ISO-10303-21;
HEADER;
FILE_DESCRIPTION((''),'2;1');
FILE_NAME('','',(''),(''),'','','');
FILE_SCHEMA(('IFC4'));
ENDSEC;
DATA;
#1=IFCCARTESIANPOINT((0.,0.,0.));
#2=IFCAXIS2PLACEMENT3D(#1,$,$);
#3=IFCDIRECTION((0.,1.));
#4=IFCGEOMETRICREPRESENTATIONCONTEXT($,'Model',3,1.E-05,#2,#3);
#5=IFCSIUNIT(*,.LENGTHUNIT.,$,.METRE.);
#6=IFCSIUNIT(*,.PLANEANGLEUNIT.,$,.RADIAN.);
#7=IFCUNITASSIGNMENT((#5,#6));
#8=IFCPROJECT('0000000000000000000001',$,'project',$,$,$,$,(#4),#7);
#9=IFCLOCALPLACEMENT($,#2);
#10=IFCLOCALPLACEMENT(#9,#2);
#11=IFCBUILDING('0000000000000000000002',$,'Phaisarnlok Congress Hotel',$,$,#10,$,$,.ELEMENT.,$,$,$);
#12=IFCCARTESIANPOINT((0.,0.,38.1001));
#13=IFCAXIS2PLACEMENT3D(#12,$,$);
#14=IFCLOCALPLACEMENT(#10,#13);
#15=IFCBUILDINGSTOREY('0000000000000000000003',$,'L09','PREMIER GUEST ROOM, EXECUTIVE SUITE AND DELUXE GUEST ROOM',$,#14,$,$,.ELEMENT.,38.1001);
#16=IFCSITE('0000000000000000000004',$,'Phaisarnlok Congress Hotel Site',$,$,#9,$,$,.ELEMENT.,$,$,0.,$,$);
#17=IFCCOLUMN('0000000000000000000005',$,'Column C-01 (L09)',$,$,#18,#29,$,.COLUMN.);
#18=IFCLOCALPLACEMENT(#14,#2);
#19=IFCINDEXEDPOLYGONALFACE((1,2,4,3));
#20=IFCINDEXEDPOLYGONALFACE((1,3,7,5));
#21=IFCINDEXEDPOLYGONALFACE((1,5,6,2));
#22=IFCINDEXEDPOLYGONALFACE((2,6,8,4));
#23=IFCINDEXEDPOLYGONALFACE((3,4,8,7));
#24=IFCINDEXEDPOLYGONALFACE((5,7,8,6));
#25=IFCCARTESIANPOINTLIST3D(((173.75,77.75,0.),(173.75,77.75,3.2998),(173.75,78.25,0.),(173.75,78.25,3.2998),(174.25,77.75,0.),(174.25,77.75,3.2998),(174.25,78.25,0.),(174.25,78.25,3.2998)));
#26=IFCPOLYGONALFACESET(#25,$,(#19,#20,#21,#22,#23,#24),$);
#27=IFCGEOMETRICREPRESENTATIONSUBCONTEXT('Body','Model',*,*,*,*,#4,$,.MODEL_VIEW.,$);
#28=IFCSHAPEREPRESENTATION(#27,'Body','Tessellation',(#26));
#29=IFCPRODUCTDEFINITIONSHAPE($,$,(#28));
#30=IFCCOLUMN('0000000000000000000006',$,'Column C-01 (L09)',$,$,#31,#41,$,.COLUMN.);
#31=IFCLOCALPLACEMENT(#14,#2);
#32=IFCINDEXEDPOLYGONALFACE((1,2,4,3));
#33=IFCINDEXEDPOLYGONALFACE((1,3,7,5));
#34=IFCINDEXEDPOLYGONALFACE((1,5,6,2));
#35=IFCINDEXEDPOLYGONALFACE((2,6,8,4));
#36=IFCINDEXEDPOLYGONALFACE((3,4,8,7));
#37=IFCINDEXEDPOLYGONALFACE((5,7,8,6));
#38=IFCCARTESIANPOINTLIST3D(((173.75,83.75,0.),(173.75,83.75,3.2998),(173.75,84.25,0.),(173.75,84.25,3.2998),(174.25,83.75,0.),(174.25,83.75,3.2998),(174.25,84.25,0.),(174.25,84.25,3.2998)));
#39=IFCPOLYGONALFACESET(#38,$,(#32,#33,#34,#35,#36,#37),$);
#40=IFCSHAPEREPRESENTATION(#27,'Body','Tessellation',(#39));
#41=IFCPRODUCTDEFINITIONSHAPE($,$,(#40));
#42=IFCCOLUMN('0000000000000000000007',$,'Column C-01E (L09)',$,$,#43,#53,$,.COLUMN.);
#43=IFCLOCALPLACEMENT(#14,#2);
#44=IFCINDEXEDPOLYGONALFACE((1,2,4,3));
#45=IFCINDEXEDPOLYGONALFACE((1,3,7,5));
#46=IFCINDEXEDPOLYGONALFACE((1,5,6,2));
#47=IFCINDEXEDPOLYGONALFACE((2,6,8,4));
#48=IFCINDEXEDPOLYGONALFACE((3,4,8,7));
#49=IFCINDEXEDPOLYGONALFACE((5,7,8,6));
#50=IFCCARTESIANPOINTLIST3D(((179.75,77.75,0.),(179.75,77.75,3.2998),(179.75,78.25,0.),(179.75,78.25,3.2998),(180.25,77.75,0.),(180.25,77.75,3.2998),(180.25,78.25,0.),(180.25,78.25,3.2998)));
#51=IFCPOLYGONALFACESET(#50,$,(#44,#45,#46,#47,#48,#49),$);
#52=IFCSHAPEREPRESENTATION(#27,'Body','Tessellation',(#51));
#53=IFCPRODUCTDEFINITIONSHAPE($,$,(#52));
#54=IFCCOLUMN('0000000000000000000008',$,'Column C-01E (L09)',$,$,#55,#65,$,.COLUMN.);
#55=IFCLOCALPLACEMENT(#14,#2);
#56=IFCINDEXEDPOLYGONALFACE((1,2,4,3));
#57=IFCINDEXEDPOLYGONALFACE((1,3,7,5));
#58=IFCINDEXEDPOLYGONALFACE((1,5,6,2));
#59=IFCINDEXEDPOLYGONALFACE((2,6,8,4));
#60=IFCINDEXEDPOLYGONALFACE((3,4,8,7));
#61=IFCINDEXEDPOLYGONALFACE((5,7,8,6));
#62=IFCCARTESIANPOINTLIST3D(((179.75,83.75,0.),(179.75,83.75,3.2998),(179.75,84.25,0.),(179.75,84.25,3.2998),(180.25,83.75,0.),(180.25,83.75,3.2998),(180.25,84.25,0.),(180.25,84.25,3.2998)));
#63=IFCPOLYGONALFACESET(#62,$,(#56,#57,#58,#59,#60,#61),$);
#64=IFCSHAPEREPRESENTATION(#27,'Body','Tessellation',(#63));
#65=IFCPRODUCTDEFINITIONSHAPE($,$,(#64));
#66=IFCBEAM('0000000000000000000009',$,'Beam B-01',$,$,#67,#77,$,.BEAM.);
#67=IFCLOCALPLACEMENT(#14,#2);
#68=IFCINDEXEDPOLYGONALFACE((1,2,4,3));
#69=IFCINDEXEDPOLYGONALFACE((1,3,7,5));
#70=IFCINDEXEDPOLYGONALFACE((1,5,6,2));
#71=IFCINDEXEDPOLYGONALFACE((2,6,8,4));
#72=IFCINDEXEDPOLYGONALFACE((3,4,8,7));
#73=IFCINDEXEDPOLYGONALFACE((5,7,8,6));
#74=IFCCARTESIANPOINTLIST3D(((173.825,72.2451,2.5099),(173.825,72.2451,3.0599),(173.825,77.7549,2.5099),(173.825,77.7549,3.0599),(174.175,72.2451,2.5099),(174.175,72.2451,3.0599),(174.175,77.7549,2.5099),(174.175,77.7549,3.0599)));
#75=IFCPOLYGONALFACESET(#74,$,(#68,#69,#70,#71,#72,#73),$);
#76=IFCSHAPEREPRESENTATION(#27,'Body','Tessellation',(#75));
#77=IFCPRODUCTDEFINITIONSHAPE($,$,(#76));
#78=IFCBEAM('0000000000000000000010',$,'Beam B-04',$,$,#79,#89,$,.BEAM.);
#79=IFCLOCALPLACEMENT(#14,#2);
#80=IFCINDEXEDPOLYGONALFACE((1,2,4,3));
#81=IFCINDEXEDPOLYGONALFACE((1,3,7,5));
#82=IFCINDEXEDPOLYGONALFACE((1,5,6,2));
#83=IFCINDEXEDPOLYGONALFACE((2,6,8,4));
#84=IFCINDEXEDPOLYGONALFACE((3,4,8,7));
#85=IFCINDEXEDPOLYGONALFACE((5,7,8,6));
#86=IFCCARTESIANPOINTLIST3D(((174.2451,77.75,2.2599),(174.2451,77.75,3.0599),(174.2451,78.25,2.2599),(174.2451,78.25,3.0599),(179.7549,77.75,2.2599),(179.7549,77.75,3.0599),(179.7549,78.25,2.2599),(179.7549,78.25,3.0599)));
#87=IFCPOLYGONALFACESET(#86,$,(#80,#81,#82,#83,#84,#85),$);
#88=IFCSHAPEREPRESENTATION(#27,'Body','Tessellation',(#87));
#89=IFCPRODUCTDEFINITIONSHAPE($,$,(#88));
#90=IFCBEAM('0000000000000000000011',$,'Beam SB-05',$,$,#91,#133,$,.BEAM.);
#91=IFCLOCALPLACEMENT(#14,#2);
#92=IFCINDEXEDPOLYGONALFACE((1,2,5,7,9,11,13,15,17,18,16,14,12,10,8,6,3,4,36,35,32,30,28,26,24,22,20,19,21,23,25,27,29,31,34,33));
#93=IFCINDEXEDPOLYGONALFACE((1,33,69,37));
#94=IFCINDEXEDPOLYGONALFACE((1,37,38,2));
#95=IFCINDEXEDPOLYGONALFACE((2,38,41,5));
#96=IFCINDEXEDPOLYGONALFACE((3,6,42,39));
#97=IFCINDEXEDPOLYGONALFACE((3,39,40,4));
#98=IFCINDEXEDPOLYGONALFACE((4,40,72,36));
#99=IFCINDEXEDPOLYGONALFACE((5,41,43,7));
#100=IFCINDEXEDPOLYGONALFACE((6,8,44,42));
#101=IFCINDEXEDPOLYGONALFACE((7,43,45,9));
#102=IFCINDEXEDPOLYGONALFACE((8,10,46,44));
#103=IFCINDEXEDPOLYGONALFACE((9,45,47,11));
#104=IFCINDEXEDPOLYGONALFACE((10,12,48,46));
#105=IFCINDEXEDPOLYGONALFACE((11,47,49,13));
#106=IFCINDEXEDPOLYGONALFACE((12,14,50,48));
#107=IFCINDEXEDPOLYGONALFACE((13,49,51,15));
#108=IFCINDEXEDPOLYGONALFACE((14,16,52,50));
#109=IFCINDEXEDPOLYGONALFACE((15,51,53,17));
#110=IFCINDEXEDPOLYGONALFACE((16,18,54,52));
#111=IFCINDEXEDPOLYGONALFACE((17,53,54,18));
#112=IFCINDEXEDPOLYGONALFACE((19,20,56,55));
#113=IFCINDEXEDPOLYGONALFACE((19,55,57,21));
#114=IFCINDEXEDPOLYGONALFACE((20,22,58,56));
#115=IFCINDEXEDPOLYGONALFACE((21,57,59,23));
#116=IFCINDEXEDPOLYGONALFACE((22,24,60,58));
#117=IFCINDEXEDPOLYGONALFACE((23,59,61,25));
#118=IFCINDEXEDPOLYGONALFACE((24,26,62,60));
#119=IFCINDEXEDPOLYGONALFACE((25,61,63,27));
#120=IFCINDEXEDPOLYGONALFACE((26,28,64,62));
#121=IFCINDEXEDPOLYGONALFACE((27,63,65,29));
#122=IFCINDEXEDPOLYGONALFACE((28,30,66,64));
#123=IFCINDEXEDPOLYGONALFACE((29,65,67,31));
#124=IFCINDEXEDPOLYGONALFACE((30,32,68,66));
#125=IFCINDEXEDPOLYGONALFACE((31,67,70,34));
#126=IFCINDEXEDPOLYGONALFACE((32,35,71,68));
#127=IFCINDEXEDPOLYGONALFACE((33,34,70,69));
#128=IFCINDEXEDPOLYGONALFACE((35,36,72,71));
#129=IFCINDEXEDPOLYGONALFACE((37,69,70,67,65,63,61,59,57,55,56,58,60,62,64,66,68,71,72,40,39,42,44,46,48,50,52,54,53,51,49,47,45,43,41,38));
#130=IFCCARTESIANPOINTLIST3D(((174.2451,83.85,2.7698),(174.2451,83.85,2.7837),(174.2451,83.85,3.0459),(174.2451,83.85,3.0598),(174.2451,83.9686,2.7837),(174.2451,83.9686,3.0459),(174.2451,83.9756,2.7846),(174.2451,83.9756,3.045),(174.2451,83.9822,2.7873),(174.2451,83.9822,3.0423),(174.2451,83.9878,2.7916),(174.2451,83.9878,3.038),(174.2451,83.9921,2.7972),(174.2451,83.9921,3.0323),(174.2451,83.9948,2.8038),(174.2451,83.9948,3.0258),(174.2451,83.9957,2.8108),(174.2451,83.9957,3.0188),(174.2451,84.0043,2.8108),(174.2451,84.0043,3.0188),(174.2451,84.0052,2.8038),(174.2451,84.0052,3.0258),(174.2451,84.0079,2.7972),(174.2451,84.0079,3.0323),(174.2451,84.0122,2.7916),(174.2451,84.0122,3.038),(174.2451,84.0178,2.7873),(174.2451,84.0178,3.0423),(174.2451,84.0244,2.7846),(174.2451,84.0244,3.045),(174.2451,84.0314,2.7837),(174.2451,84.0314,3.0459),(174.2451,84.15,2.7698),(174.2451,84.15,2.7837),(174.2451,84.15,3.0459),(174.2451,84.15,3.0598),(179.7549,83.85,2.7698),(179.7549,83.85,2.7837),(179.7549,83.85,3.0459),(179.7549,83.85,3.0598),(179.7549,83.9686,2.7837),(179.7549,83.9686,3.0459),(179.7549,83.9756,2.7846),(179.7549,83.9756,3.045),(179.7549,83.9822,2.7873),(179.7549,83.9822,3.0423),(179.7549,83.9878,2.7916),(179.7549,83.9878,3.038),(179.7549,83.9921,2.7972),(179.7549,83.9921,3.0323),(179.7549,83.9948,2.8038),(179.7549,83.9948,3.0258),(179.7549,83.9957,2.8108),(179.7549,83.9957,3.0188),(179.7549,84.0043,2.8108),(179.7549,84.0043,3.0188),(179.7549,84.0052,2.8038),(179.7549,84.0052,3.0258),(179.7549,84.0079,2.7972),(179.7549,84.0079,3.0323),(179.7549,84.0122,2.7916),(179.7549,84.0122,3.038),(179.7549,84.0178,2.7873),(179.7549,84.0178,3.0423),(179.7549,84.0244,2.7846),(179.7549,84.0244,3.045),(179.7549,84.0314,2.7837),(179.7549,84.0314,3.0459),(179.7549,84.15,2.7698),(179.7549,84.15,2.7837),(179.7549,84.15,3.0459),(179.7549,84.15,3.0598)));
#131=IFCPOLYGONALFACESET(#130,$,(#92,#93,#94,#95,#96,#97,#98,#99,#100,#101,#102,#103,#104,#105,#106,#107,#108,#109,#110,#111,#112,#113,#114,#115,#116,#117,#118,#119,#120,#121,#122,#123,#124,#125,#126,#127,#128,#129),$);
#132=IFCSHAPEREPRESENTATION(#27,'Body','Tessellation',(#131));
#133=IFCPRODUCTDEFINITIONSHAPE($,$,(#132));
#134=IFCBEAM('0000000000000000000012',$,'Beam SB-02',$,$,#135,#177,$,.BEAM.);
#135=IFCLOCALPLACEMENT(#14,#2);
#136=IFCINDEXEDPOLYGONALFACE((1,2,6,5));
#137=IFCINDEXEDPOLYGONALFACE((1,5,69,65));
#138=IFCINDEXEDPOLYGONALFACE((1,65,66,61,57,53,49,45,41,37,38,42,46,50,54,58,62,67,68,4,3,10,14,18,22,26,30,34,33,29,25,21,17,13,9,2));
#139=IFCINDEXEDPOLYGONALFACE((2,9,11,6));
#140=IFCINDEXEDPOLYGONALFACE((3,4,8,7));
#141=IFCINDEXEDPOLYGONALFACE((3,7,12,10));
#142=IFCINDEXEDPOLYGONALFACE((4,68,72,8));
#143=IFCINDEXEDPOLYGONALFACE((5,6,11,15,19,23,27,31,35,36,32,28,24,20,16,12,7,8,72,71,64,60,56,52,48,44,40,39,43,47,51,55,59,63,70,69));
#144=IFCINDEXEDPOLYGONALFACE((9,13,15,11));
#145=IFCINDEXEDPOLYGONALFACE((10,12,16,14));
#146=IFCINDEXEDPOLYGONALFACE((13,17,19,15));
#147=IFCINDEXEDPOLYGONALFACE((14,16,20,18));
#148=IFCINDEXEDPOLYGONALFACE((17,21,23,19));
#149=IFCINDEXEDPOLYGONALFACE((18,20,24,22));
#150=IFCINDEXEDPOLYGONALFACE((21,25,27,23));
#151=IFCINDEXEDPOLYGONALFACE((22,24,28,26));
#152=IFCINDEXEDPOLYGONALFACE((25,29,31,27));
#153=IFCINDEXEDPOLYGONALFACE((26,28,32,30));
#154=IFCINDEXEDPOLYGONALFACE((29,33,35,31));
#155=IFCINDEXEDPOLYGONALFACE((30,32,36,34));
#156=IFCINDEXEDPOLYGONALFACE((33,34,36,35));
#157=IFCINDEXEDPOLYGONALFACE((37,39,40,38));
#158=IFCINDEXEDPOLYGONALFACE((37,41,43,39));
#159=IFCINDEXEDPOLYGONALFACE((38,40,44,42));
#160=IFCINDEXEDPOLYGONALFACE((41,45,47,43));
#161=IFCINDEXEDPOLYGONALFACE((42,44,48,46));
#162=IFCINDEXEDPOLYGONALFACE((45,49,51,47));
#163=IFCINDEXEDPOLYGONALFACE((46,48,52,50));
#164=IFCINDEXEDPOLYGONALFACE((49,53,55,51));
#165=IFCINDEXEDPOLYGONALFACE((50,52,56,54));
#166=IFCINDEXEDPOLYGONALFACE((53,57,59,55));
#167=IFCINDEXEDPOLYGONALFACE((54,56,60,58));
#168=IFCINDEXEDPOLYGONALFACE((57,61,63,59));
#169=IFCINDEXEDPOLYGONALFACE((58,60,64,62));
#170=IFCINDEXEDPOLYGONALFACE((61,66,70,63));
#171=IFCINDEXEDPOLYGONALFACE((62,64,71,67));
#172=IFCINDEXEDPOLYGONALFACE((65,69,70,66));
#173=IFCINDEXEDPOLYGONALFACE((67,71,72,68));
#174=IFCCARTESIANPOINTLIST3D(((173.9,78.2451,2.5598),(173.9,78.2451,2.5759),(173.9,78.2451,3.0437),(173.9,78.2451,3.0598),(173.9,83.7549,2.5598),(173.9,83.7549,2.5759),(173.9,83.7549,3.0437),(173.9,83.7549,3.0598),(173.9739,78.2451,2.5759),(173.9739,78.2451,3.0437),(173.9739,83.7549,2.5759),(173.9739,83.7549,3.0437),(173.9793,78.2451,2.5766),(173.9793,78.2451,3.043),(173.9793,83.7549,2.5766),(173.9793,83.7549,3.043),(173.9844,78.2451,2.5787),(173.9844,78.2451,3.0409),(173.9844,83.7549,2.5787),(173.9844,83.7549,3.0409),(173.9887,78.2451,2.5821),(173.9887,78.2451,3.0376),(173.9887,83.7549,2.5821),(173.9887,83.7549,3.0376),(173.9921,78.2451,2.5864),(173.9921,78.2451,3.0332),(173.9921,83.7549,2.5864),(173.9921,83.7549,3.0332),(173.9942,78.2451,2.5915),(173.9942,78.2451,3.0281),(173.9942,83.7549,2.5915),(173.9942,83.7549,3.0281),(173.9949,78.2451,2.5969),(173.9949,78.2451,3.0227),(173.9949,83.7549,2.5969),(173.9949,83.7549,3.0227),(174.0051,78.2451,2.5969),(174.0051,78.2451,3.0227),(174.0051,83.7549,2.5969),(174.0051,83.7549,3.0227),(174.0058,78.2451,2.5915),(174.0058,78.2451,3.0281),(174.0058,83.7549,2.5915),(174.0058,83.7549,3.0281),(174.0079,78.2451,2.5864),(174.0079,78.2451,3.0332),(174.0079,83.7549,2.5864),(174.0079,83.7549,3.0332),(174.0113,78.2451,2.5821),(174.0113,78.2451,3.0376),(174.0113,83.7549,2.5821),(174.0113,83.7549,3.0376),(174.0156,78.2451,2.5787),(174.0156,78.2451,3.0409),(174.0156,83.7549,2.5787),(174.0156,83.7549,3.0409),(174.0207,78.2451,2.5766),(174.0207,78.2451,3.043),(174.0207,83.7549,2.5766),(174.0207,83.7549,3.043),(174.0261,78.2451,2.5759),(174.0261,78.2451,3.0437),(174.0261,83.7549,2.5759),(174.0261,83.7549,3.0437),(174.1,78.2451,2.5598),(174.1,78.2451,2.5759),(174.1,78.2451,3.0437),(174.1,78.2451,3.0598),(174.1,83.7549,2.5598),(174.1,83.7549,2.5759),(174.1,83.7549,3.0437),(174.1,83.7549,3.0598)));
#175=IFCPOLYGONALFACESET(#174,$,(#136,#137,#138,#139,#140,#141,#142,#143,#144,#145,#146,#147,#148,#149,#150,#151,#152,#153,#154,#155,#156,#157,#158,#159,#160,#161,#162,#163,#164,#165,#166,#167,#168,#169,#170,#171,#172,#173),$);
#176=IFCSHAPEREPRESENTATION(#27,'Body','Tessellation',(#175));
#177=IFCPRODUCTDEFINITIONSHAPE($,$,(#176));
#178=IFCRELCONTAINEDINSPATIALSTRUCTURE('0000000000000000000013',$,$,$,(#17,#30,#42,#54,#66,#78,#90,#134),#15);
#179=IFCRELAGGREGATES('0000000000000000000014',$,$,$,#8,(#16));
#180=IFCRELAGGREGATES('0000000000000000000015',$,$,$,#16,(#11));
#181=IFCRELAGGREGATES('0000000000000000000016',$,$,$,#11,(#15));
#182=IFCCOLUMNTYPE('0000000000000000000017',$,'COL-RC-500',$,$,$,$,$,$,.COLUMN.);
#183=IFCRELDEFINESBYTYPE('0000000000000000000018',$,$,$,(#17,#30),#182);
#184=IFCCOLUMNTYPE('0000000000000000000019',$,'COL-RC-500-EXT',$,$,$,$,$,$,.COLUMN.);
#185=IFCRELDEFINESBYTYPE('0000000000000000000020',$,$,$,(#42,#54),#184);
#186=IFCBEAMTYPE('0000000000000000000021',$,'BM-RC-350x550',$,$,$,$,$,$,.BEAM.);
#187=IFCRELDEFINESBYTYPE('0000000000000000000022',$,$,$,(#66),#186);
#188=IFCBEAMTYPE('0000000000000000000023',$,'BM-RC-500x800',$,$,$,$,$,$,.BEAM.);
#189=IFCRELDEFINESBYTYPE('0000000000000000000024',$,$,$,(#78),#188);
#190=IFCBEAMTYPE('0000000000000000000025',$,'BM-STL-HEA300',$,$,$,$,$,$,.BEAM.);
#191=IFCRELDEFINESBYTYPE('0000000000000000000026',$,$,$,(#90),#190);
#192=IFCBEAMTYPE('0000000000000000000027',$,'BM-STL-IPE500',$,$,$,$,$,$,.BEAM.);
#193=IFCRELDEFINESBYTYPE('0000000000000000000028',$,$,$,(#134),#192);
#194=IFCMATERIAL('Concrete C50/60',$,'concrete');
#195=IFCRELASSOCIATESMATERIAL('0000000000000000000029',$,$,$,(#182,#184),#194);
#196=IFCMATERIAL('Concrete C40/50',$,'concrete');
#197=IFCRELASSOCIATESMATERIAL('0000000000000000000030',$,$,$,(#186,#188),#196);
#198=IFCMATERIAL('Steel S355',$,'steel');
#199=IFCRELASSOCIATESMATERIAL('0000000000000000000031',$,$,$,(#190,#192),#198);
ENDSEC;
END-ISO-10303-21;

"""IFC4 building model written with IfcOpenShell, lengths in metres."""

from ifc_helpers import new_model, si_unit, direction, frame, origin, origin_2d, place, context, subcontext, project, spatial, rectangle, i_section, extrude, material, material_profile, profile_set, type_object, element, save


model = new_model("IFC4")

# Units and contexts
model_context = context("Model", 3, precision=1e-05, world=origin(), true_north=direction((0.0, 1.0)))
body_context = subcontext(model_context, "Body", "Model", "MODEL_VIEW")
ifc_project = project(units=[si_unit("LENGTHUNIT", "METRE"), si_unit("PLANEANGLEUNIT", "RADIAN")], contexts=[model_context])

# Site, building, storey
site_placement = place(None, origin())
site = spatial("IfcSite", under=ifc_project, at=site_placement, Name="Phaisarnlok Congress Hotel Site", CompositionType="ELEMENT", RefElevation=0.0)
building_placement = place(site_placement, origin())
building = spatial("IfcBuilding", under=site, at=building_placement, Name="Phaisarnlok Congress Hotel", CompositionType="ELEMENT")
storey_placement = place(building_placement, frame((0.0, 0.0, 38.1001)))
storey = spatial("IfcBuildingStorey", under=building, at=storey_placement, Name="L09", Description="PREMIER GUEST ROOM, EXECUTIVE SUITE AND DELUXE GUEST ROOM", CompositionType="ELEMENT", Elevation=38.1001)

# Columns
ifc_material_1 = material(Name="Concrete C50/60", Category="concrete")
ifc_material_profile_1 = material_profile(ifc_material_1, rectangle(XDim=0.5, YDim=0.5, at=origin_2d()), Name="RC 500x500")
ifc_profile_set_1 = profile_set([ifc_material_profile_1], Name="Concrete C50/60")
column_type_1 = type_object("IfcColumnType", Name="COL-RC-500", PredefinedType="COLUMN", material=ifc_profile_set_1)
for number, where, z_axis, x_axis, name in (
    (1, (174.0, 78.0, 0.0), (0.0, 0.0, 1.0), (1.0, 0.0, 0.0), "Column C-01 (L09)"),
    (2, (174.0, 84.0, 0.0), (0.0, 0.0, 1.0), (1.0, 0.0, 0.0), "Column C-01 (L09)"),
):
    element("IfcColumn", number, at=place(storey_placement, frame(where, z_axis=z_axis, x_axis=x_axis)), inside=storey, type_object=column_type_1, Name=name, PredefinedType="COLUMN", context=body_context, shape_type="SweptSolid", body=[
        extrude(rectangle(XDim=0.5, YDim=0.5, at=origin_2d()), origin(), (0.0, 0.0, 1.0), 3.2998),
    ])
ifc_material_profile_2 = material_profile(ifc_material_1, rectangle(XDim=0.5, YDim=0.5, at=origin_2d()), Name="RC 500x500")
ifc_profile_set_2 = profile_set([ifc_material_profile_2], Name="Concrete C50/60")
column_type_2 = type_object("IfcColumnType", Name="COL-RC-500-EXT", PredefinedType="COLUMN", material=ifc_profile_set_2)
for number, where, z_axis, x_axis, name in (
    (3, (180.0, 78.0, 0.0), (0.0, 0.0, 1.0), (1.0, 0.0, 0.0), "Column C-01E (L09)"),
    (4, (180.0, 84.0, 0.0), (0.0, 0.0, 1.0), (1.0, 0.0, 0.0), "Column C-01E (L09)"),
):
    element("IfcColumn", number, at=place(storey_placement, frame(where, z_axis=z_axis, x_axis=x_axis)), inside=storey, type_object=column_type_2, Name=name, PredefinedType="COLUMN", context=body_context, shape_type="SweptSolid", body=[
        extrude(rectangle(XDim=0.5, YDim=0.5, at=origin_2d()), origin(), (0.0, 0.0, 1.0), 3.2998),
    ])

# Beams
ifc_material_2 = material(Name="Concrete C40/50", Category="concrete")
ifc_material_profile_3 = material_profile(ifc_material_2, rectangle(XDim=0.3501, YDim=0.55, at=origin_2d()), Name="RC 350x550")
ifc_profile_set_3 = profile_set([ifc_material_profile_3], Name="Concrete C40/50")
beam_type_1 = type_object("IfcBeamType", Name="BM-RC-350x550", PredefinedType="BEAM", material=ifc_profile_set_3)
beam_1_placement = place(storey_placement, frame((174.0, 72.2451, 2.7849), z_axis=(0.0, 1.0, 0.0), x_axis=(-1.0, 0.0, 0.0)))
element("IfcBeam", 5, at=beam_1_placement, inside=storey, type_object=beam_type_1, Name="Beam B-01", PredefinedType="BEAM", context=body_context, shape_type="SweptSolid", body=[
    extrude(rectangle(XDim=0.3501, YDim=0.55, at=origin_2d()), origin(), (0.0, 0.0, 1.0), 5.5098),
])
ifc_material_profile_4 = material_profile(ifc_material_2, rectangle(XDim=0.5, YDim=0.8, at=origin_2d()), Name="RC 500x800")
ifc_profile_set_4 = profile_set([ifc_material_profile_4], Name="Concrete C40/50")
beam_type_2 = type_object("IfcBeamType", Name="BM-RC-500x800", PredefinedType="BEAM", material=ifc_profile_set_4)
beam_2_placement = place(storey_placement, frame((174.2451, 78.0, 2.6599), z_axis=(1.0, 0.0, 0.0), x_axis=(0.0, 1.0, 0.0)))
element("IfcBeam", 6, at=beam_2_placement, inside=storey, type_object=beam_type_2, Name="Beam B-04", PredefinedType="BEAM", context=body_context, shape_type="SweptSolid", body=[
    extrude(rectangle(XDim=0.5, YDim=0.8, at=origin_2d()), origin(), (0.0, 0.0, 1.0), 5.5098),
])
ifc_material_3 = material(Name="Steel S355", Category="steel")
ifc_material_profile_5 = material_profile(ifc_material_3, i_section(OverallWidth=0.3, OverallDepth=0.29, WebThickness=0.0085, FlangeThickness=0.0139, FilletRadius=0.0271, at=origin_2d()), Name="HEA 300")
ifc_profile_set_5 = profile_set([ifc_material_profile_5], Name="Steel S355")
beam_type_3 = type_object("IfcBeamType", Name="BM-STL-HEA300", PredefinedType="BEAM", material=ifc_profile_set_5)
beam_3_placement = place(storey_placement, frame((174.2451, 84.0, 2.9148), z_axis=(1.0, 0.0, 0.0), x_axis=(0.0, 1.0, 0.0)))
element("IfcBeam", 7, at=beam_3_placement, inside=storey, type_object=beam_type_3, Name="Beam SB-05", PredefinedType="BEAM", context=body_context, shape_type="SweptSolid", body=[
    extrude(i_section(OverallWidth=0.3, OverallDepth=0.29, WebThickness=0.0085, FlangeThickness=0.0139, FilletRadius=0.0271, at=origin_2d()), origin(), (0.0, 0.0, 1.0), 5.5098),
])
ifc_material_profile_6 = material_profile(ifc_material_3, i_section(OverallWidth=0.2, OverallDepth=0.5, WebThickness=0.0103, FlangeThickness=0.0161, FilletRadius=0.021, at=origin_2d()), Name="IPE 500")
ifc_profile_set_6 = profile_set([ifc_material_profile_6], Name="Steel S355")
beam_type_4 = type_object("IfcBeamType", Name="BM-STL-IPE500", PredefinedType="BEAM", material=ifc_profile_set_6)
beam_4_placement = place(storey_placement, frame((174.0, 78.2451, 2.8098), z_axis=(0.0, 1.0, 0.0), x_axis=(-1.0, 0.0, 0.0)))
element("IfcBeam", 8, at=beam_4_placement, inside=storey, type_object=beam_type_4, Name="Beam SB-02", PredefinedType="BEAM", context=body_context, shape_type="SweptSolid", body=[
    extrude(i_section(OverallWidth=0.2, OverallDepth=0.5, WebThickness=0.0103, FlangeThickness=0.0161, FilletRadius=0.021, at=origin_2d()), origin(), (0.0, 0.0, 1.0), 5.5098),
])

save(model, "model.ifc")
